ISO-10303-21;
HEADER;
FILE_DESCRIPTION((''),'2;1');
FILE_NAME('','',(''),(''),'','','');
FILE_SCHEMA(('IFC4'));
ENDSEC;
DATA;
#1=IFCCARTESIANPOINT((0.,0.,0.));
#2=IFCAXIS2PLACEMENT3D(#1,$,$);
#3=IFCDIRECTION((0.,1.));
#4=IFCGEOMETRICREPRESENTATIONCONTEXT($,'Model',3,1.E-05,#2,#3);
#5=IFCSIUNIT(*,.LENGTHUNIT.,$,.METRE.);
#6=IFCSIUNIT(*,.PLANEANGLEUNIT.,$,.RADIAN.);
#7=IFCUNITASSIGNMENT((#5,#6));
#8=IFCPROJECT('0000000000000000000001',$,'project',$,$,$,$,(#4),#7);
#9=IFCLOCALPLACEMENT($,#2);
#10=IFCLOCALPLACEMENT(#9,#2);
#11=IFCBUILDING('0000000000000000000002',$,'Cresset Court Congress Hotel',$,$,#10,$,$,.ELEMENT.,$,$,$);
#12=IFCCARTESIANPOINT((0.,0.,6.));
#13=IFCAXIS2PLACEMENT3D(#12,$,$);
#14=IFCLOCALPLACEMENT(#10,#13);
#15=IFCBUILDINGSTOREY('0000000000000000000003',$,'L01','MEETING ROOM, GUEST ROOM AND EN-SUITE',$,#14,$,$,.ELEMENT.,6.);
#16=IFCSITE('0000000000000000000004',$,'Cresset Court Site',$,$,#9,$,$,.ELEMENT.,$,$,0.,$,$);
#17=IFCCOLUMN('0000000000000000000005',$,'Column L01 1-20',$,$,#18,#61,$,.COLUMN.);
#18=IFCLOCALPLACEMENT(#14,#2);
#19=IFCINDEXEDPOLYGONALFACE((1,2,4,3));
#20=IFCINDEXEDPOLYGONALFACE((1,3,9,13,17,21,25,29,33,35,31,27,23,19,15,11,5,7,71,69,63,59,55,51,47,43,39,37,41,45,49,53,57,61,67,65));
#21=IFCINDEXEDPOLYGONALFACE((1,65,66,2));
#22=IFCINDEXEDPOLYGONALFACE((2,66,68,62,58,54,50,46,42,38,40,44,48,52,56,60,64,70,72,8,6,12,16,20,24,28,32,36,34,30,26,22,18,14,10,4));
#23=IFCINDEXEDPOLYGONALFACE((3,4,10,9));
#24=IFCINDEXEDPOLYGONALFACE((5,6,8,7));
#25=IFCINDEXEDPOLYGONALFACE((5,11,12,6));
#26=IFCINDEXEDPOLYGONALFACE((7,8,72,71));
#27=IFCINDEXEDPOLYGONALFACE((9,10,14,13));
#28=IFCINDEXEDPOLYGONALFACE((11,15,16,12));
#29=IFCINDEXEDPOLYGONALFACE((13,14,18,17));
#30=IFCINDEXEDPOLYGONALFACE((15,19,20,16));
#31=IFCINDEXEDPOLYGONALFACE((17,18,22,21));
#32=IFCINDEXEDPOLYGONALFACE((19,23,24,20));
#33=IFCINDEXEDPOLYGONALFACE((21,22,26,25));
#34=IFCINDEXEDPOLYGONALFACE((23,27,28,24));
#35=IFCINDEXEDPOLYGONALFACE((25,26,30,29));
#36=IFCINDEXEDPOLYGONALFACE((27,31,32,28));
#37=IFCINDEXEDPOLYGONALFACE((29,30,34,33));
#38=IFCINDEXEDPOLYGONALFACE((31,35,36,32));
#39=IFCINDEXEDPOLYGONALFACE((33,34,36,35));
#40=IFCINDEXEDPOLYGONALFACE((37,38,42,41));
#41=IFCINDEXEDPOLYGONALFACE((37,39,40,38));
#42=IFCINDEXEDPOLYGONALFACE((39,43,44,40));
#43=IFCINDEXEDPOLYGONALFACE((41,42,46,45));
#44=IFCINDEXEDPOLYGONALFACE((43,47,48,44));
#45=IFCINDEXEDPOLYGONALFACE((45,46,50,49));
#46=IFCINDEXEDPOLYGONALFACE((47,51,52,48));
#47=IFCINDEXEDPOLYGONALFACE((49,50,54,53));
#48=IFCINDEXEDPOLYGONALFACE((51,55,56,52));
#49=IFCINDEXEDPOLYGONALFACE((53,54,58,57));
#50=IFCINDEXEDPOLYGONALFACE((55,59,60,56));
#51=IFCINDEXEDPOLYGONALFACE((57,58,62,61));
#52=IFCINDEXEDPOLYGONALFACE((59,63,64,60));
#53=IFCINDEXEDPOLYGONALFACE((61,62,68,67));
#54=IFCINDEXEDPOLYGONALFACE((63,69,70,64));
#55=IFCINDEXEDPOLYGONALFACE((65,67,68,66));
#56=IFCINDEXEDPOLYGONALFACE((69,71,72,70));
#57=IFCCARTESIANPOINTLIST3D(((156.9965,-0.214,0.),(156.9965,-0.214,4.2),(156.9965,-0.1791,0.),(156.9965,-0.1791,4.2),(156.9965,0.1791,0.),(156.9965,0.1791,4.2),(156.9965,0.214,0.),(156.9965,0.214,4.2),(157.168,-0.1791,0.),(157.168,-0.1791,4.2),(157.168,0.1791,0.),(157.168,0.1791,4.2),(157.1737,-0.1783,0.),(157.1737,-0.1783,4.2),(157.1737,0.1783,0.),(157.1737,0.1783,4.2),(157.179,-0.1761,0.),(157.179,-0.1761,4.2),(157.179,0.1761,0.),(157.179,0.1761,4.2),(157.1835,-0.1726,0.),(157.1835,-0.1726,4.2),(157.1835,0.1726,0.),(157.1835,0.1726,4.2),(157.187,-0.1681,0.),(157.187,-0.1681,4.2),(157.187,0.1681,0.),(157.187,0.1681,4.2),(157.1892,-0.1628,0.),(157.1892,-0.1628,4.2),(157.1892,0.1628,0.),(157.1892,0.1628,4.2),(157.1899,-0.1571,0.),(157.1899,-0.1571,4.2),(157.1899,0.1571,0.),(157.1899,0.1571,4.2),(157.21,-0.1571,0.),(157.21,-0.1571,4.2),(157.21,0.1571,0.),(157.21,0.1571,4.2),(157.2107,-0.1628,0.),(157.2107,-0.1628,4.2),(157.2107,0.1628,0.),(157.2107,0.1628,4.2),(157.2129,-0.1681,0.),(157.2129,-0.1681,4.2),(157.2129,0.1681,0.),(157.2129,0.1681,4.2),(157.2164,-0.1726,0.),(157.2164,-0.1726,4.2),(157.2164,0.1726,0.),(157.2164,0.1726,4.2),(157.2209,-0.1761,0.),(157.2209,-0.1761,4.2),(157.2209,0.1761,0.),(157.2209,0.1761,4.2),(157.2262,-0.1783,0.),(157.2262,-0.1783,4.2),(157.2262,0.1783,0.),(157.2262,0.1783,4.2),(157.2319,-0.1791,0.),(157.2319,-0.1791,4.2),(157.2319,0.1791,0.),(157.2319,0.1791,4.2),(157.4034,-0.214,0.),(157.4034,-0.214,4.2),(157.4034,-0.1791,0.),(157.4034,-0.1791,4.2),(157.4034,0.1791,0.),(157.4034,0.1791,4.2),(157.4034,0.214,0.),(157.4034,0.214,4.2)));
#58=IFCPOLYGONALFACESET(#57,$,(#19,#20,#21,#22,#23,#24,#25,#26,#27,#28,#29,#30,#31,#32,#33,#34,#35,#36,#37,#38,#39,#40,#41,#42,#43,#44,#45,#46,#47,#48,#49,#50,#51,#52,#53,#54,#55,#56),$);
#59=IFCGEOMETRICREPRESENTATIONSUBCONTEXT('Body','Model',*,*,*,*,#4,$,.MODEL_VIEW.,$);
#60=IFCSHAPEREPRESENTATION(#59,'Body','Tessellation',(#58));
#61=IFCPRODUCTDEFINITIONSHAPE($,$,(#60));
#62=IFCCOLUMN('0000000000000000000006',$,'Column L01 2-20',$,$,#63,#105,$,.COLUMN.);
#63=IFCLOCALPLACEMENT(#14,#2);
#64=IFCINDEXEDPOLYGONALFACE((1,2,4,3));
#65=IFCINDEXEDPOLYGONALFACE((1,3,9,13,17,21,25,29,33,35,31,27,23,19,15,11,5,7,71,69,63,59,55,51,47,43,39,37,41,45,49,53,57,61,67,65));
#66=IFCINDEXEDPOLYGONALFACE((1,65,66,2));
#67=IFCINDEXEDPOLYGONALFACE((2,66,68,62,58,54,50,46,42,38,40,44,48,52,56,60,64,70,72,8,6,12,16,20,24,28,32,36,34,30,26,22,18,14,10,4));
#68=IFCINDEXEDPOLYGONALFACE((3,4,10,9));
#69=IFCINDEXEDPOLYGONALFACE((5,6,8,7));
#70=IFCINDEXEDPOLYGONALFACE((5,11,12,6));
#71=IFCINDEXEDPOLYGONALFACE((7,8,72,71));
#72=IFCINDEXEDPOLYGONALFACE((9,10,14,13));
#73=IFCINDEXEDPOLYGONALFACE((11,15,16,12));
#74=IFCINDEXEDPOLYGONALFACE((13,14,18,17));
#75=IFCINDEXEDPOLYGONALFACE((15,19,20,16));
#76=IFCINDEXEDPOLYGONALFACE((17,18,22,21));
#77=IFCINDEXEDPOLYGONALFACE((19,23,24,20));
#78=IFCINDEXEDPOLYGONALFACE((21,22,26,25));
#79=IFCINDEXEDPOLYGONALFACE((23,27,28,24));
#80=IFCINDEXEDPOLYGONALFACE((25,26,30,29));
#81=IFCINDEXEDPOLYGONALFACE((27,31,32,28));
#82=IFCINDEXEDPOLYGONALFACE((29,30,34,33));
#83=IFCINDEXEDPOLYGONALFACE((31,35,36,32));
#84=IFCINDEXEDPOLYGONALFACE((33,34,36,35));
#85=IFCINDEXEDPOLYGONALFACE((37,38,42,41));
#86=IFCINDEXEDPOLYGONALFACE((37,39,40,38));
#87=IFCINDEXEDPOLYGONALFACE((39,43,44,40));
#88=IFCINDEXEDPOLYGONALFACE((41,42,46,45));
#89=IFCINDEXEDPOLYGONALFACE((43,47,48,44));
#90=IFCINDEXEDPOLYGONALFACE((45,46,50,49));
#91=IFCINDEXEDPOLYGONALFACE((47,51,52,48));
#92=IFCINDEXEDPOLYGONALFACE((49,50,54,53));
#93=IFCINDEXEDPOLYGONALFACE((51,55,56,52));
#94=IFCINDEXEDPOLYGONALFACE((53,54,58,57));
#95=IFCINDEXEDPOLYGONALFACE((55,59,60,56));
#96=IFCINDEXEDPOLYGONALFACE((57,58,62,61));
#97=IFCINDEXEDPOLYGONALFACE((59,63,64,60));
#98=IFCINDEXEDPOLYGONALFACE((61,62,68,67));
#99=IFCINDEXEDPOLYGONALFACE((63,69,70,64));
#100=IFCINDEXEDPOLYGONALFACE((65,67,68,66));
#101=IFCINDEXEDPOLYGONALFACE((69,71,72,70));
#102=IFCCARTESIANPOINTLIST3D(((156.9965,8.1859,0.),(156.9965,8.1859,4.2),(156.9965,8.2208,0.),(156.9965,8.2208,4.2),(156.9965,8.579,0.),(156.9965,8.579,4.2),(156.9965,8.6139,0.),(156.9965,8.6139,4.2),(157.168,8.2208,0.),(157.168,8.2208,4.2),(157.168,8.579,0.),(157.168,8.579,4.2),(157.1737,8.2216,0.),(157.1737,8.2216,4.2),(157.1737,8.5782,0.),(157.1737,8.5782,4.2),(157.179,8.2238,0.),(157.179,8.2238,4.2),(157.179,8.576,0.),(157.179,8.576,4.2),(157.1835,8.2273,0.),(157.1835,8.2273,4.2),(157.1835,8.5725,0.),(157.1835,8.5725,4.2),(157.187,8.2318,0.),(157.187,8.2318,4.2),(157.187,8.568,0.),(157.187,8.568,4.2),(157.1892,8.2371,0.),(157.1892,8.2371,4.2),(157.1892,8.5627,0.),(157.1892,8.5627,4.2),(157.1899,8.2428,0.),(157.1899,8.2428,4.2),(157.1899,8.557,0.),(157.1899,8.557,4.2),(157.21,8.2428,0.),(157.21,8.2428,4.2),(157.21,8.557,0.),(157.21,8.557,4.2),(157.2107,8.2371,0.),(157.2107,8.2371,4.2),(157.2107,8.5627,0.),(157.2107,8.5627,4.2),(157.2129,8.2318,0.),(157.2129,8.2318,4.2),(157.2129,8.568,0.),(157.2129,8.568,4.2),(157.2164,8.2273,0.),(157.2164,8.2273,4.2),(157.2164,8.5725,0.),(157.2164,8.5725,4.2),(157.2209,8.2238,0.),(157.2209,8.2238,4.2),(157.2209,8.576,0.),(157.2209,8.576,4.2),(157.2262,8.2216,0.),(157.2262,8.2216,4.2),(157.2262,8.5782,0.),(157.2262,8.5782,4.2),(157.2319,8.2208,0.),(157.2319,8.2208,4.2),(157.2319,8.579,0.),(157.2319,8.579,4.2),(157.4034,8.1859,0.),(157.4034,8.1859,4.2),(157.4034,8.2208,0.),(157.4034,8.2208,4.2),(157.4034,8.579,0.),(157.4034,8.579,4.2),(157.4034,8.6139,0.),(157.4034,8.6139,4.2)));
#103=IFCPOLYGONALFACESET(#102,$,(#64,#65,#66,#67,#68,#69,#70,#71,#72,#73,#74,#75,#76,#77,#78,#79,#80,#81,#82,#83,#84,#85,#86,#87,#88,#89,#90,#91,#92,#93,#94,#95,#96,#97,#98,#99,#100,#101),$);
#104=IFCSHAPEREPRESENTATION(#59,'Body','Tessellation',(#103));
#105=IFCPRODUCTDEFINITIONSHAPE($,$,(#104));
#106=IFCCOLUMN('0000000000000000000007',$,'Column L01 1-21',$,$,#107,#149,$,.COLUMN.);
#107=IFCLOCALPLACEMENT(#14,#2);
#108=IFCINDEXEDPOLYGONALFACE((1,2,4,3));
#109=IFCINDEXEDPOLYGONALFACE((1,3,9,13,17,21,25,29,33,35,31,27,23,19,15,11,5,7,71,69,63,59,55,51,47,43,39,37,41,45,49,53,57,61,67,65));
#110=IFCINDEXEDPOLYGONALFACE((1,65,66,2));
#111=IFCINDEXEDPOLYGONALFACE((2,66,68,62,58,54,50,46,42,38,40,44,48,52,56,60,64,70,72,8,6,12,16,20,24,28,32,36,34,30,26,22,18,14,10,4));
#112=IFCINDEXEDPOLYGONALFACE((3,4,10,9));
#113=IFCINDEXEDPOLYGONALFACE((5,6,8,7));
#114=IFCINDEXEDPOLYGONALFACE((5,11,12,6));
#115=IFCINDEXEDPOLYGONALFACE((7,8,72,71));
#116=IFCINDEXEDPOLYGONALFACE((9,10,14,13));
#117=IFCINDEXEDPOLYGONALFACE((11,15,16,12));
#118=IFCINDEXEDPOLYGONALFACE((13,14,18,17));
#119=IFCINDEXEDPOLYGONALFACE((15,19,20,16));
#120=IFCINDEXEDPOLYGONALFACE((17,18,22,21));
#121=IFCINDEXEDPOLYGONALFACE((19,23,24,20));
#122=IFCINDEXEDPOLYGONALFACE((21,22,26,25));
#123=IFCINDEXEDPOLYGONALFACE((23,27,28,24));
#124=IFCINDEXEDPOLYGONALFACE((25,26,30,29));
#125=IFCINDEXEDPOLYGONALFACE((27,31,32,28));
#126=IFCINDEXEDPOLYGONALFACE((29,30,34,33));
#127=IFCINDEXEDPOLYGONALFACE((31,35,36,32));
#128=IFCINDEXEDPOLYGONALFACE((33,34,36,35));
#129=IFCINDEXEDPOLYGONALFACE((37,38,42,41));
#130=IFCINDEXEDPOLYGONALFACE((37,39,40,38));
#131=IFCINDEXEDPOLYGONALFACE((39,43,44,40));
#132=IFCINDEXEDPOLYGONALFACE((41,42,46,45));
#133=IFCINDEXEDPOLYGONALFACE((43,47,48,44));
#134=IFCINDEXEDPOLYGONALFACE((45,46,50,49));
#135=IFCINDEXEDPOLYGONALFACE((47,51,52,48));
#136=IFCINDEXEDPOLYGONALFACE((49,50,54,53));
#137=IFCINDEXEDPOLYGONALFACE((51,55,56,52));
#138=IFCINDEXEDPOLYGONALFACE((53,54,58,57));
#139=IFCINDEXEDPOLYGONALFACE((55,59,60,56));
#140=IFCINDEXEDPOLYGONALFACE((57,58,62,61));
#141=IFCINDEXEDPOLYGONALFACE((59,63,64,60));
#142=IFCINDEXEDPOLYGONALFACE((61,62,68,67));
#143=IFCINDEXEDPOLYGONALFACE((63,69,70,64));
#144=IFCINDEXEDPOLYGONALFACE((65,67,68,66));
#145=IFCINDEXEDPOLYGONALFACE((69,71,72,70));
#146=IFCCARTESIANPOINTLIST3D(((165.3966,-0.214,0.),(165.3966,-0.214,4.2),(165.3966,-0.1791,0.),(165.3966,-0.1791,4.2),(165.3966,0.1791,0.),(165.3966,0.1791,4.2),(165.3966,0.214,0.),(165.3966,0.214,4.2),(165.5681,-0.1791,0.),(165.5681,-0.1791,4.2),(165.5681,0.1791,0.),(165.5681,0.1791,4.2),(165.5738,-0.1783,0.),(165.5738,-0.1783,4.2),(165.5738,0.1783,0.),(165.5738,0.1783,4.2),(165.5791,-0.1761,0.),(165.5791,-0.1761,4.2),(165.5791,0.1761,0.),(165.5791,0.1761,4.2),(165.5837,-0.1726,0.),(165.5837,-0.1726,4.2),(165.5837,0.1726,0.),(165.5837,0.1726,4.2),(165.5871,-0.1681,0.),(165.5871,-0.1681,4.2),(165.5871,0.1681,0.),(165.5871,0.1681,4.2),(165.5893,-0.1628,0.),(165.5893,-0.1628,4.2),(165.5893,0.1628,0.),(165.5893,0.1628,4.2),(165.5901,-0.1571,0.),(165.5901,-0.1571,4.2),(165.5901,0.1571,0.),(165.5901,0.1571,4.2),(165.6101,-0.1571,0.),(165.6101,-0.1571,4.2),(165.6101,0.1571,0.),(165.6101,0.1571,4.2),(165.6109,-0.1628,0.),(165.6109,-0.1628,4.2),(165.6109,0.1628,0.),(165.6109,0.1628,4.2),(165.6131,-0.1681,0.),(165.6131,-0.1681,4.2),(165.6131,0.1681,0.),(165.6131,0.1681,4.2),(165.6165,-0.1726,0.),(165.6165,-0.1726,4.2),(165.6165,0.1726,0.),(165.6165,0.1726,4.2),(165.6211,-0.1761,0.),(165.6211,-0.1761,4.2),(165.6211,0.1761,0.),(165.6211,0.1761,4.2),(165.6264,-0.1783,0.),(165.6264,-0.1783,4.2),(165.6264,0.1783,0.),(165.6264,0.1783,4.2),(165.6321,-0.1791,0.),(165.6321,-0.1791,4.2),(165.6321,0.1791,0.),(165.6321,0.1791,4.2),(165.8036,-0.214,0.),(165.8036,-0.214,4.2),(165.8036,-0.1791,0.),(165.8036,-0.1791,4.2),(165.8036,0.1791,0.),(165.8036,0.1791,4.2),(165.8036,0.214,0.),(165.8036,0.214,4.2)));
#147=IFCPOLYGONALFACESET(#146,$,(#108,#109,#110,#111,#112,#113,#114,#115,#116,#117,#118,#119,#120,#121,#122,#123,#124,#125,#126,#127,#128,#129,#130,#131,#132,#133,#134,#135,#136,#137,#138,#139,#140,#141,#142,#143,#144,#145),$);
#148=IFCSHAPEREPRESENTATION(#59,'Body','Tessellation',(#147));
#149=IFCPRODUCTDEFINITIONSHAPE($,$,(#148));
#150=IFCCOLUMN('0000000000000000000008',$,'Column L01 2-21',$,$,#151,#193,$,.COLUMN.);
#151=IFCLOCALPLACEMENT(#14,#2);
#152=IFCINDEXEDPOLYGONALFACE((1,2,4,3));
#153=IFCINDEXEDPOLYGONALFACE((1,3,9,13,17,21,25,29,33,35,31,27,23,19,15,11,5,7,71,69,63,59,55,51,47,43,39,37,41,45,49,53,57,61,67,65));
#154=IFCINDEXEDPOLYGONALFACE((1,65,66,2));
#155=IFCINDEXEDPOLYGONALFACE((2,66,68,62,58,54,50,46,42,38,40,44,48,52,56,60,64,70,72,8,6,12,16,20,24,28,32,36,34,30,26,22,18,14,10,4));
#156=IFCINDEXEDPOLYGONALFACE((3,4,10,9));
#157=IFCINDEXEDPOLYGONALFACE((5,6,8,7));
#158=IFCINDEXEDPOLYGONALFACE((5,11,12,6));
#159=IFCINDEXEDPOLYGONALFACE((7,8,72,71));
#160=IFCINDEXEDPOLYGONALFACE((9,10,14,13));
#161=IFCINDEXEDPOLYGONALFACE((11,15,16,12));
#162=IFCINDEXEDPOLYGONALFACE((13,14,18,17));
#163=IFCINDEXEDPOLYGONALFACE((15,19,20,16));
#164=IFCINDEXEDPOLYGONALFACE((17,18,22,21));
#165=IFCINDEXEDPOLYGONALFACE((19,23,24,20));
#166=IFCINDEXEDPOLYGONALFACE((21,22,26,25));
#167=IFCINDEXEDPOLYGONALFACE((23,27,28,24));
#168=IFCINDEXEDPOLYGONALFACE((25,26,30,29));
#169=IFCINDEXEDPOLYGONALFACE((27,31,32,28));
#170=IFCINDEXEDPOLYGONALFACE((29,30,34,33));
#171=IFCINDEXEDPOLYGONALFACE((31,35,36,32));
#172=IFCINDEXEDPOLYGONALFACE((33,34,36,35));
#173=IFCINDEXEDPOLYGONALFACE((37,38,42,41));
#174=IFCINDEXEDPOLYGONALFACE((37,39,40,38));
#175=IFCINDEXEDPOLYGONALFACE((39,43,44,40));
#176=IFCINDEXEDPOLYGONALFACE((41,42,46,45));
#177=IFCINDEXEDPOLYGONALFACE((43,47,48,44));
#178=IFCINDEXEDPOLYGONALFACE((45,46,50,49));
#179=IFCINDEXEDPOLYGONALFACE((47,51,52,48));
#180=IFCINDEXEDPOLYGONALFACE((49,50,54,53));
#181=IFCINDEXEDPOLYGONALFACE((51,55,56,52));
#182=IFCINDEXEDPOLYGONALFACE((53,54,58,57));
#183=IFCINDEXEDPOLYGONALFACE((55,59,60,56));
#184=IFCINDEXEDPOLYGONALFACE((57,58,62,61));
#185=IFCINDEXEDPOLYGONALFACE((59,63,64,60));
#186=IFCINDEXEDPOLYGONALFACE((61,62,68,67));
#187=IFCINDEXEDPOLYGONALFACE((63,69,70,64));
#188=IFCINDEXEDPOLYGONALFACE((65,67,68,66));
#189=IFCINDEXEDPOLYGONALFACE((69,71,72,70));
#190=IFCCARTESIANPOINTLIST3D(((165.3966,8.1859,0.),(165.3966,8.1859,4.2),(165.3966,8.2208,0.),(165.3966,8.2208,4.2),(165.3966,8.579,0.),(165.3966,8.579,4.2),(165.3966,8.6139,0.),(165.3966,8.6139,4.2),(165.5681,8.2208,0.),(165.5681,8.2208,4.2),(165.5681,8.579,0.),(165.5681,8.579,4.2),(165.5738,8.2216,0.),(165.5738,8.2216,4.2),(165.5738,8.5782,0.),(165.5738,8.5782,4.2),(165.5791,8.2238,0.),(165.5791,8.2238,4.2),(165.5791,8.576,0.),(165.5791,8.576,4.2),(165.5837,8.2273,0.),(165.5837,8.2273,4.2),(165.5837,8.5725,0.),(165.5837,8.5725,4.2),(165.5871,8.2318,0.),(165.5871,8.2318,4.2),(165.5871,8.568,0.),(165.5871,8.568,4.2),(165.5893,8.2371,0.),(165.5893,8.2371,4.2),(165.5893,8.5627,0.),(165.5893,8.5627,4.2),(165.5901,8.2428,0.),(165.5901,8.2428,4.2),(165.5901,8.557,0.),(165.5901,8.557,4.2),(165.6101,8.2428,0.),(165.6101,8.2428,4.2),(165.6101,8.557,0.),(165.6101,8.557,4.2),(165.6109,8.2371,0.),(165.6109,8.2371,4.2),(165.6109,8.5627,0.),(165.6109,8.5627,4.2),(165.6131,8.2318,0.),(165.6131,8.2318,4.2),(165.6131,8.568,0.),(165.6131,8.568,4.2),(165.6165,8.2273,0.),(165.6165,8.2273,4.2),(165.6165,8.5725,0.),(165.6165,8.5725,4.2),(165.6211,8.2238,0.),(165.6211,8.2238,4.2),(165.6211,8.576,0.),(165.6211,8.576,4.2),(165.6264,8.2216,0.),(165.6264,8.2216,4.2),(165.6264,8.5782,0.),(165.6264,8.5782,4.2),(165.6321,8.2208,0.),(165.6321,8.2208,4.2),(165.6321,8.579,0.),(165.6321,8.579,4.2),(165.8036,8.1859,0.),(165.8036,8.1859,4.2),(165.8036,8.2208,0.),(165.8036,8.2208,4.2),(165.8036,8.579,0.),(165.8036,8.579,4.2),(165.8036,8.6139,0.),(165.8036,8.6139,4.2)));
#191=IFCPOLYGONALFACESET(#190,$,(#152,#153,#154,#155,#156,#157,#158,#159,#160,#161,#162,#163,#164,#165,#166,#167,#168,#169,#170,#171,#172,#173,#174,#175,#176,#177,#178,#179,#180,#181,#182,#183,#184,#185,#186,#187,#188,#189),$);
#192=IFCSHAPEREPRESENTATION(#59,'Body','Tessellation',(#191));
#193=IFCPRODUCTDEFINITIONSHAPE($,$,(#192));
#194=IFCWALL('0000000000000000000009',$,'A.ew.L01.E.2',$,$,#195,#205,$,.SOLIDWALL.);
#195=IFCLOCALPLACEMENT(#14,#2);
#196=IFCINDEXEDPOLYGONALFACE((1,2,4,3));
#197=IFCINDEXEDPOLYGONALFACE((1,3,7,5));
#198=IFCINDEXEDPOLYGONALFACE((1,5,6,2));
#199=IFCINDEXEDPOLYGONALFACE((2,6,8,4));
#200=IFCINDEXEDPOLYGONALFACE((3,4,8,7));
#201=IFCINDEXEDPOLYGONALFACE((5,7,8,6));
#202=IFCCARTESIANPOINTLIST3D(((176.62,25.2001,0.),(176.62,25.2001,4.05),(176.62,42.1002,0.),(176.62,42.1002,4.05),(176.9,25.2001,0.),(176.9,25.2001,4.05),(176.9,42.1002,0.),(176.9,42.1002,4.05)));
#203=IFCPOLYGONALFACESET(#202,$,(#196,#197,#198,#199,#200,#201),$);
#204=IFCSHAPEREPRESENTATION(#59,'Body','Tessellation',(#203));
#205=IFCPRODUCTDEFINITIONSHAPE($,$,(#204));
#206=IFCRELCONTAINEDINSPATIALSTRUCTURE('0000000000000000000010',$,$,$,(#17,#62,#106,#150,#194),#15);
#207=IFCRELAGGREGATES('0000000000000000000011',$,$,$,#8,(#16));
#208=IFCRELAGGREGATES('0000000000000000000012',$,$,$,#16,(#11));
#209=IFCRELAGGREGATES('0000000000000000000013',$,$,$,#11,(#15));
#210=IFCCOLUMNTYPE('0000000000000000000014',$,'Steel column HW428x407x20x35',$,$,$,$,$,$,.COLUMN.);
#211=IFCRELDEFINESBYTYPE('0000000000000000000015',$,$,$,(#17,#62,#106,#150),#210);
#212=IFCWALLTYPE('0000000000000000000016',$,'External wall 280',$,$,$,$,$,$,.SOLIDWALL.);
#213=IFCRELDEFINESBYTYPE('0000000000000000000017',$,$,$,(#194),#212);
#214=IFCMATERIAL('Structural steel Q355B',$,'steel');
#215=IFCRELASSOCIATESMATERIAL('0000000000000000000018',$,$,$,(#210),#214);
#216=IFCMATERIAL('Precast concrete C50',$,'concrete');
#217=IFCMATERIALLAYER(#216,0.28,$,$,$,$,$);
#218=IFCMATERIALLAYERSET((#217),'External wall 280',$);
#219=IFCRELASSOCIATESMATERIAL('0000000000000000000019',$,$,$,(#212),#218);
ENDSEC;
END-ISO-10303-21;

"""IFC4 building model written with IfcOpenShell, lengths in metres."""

from ifc_helpers import new_model, si_unit, direction, frame, frame_2d, origin, origin_2d, place, context, subcontext, project, spatial, rectangle, i_section, extrude, material, layer, layer_set, material_profile, profile_set, type_object, element, save


model = new_model("IFC4")

# Units and contexts
model_context = context("Model", 3, precision=1e-05, world=origin(), true_north=direction((0.0, 1.0)))
body_context = subcontext(model_context, "Body", "Model", "MODEL_VIEW")
ifc_project = project(units=[si_unit("LENGTHUNIT", "METRE"), si_unit("PLANEANGLEUNIT", "RADIAN")], contexts=[model_context])

# Site, building, storey
site_placement = place(None, origin())
site = spatial("IfcSite", under=ifc_project, at=site_placement, Name="Cresset Court Site", CompositionType="ELEMENT", RefElevation=0.0)
building_placement = place(site_placement, origin())
building = spatial("IfcBuilding", under=site, at=building_placement, Name="Cresset Court Congress Hotel", CompositionType="ELEMENT")
storey_placement = place(building_placement, frame((0.0, 0.0, 6.0)))
storey = spatial("IfcBuildingStorey", under=building, at=storey_placement, Name="L01", Description="MEETING ROOM, GUEST ROOM AND EN-SUITE", CompositionType="ELEMENT", Elevation=6.0)

# Columns
ifc_material_1 = material(Name="Structural steel Q355B", Category="steel")
ifc_material_profile = material_profile(ifc_material_1, i_section(OverallWidth=0.407, OverallDepth=0.428, WebThickness=0.02, FlangeThickness=0.0349, FilletRadius=0.022, at=origin_2d()), Name="HW428x407x20x35")
ifc_profile_set = profile_set([ifc_material_profile], Name="Structural steel Q355B")
column_type = type_object("IfcColumnType", Name="Steel column HW428x407x20x35", PredefinedType="COLUMN", material=ifc_profile_set)
for number, where, z_axis, x_axis, name in (
    (1, (157.2, 0.0, 0.0), (0.0, 0.0, 1.0), (1.0, 0.0, 0.0), "Column L01 1-20"),
    (2, (157.2, 8.3999, 0.0), (0.0, 0.0, 1.0), (1.0, 0.0, 0.0), "Column L01 2-20"),
    (3, (165.6001, 0.0, 0.0), (0.0, 0.0, 1.0), (1.0, 0.0, 0.0), "Column L01 1-21"),
    (4, (165.6001, 8.3999, 0.0), (0.0, 0.0, 1.0), (1.0, 0.0, 0.0), "Column L01 2-21"),
):
    element("IfcColumn", number, at=place(storey_placement, frame(where, z_axis=z_axis, x_axis=x_axis)), inside=storey, type_object=column_type, Name=name, PredefinedType="COLUMN", context=body_context, shape_type="SweptSolid", body=[
        extrude(i_section(OverallWidth=0.407, OverallDepth=0.428, WebThickness=0.02, FlangeThickness=0.0349, FilletRadius=0.022, at=origin_2d()), origin(), (0.0, 0.0, 1.0), 4.2),
    ])

# Wall
ifc_material_2 = material(Name="Precast concrete C50", Category="concrete")
ifc_layer_1 = layer(ifc_material_2, 0.28)
ifc_layer_set_1 = layer_set([ifc_layer_1], Name="External wall 280")
wall_type_1 = type_object("IfcWallType", Name="External wall 280", PredefinedType="SOLIDWALL", material=ifc_layer_set_1)
wall_1_placement = place(storey_placement, frame((176.76, 25.2, 0.0), z_axis=(0.0, 0.0, 1.0), x_axis=(0.0, 1.0, 0.0)))
element("IfcWall", 5, at=wall_1_placement, inside=storey, type_object=wall_type_1, Name="A.ew.L01.E.2", PredefinedType="SOLIDWALL", context=body_context, shape_type="SweptSolid", body=[
    extrude(rectangle(XDim=16.9001, YDim=0.28, at=frame_2d((8.4502, 0.0))), origin(), (0.0, 0.0, 1.0), 4.05),
])

save(model, "model.ifc")
